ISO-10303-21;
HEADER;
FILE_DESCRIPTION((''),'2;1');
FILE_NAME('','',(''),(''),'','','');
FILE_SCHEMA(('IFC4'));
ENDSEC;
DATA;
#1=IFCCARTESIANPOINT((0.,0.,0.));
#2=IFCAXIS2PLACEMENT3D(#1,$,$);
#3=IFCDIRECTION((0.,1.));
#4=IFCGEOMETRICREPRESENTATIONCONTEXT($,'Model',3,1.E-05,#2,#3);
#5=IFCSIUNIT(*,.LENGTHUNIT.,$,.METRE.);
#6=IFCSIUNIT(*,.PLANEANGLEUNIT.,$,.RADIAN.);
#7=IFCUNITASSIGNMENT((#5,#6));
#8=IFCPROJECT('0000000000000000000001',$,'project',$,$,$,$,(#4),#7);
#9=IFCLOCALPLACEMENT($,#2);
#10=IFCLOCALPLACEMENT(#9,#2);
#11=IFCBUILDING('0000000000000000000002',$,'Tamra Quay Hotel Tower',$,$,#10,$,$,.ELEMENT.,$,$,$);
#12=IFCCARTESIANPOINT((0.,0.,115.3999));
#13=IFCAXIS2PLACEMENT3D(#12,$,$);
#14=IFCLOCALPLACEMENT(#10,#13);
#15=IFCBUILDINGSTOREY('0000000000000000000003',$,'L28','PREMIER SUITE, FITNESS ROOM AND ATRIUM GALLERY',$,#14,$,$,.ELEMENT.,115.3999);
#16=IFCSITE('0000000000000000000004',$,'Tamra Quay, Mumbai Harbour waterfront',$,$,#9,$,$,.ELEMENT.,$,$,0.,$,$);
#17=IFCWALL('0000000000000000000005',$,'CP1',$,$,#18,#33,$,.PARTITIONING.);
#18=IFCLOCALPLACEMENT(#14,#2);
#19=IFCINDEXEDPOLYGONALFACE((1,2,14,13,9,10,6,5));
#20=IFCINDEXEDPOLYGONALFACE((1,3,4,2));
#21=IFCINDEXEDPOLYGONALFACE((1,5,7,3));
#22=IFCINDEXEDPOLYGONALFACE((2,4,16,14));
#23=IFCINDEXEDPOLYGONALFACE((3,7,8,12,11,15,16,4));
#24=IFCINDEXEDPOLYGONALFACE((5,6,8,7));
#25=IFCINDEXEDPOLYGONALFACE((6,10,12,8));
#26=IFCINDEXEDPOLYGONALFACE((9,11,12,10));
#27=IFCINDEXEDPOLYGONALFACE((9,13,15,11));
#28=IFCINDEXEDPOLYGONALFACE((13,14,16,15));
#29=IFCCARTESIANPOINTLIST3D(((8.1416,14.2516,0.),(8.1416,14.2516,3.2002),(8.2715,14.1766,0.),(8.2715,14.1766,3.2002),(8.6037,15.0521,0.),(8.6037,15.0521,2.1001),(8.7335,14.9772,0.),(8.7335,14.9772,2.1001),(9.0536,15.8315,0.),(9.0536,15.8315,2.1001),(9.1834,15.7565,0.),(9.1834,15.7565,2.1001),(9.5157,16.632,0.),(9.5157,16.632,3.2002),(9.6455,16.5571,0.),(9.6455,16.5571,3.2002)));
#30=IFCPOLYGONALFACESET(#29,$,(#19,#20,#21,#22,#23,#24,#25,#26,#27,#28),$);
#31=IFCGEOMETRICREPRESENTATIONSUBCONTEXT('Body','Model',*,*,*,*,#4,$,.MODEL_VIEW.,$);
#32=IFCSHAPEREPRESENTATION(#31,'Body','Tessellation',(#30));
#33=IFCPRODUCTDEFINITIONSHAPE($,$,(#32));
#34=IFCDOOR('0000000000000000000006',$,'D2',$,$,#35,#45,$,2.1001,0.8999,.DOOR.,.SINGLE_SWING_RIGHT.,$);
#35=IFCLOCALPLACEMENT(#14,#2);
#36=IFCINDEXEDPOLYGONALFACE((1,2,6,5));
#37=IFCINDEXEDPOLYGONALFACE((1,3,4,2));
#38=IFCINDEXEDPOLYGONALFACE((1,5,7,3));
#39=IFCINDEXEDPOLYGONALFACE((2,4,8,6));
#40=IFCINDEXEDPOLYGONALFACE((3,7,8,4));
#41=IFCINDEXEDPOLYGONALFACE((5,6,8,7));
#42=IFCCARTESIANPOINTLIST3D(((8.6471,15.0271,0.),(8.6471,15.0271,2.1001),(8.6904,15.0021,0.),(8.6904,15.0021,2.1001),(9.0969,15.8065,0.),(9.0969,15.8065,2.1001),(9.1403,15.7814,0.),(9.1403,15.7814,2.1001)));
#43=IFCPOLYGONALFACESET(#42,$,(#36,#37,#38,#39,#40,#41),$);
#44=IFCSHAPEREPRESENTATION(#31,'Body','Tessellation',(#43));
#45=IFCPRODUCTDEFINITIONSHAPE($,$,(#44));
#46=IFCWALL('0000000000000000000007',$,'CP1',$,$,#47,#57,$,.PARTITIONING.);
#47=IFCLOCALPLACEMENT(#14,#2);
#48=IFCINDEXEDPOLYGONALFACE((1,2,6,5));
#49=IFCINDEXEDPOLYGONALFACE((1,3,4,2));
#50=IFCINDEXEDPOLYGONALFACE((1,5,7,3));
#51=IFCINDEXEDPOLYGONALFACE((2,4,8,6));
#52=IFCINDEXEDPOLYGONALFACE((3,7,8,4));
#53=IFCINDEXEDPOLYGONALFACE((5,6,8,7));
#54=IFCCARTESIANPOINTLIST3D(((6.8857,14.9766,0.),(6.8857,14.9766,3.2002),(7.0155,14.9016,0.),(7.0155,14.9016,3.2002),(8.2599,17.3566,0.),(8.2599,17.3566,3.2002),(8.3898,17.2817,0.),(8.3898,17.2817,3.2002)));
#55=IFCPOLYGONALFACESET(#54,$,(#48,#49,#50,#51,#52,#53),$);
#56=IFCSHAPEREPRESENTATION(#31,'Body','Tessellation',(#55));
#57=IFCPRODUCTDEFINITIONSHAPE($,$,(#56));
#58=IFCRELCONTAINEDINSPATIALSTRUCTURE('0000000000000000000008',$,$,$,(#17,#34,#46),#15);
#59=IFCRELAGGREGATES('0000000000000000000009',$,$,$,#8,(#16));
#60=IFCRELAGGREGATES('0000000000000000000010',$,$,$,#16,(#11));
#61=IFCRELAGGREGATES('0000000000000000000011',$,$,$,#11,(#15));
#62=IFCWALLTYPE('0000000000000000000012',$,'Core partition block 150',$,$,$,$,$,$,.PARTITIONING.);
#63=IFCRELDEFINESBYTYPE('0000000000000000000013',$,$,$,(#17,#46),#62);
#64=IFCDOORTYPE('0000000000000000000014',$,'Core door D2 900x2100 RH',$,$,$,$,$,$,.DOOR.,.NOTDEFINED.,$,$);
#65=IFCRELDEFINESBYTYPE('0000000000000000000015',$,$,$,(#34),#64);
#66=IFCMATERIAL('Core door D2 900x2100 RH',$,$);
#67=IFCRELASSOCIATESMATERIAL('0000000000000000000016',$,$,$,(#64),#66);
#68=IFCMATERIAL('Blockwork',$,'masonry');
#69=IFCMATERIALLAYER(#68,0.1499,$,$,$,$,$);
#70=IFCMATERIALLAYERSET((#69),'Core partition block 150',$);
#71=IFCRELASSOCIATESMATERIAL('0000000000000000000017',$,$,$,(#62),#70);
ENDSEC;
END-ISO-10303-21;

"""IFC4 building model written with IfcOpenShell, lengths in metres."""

from ifc_helpers import new_model, si_unit, direction, frame, frame_2d, origin, place, context, subcontext, project, spatial, rectangle, extrude, material, layer, layer_set, type_object, element, fill, save


model = new_model("IFC4")

# Units and contexts
model_context = context("Model", 3, precision=1e-05, world=origin(), true_north=direction((0.0, 1.0)))
body_context = subcontext(model_context, "Body", "Model", "MODEL_VIEW")
ifc_project = project(units=[si_unit("LENGTHUNIT", "METRE"), si_unit("PLANEANGLEUNIT", "RADIAN")], contexts=[model_context])

# Site, building, storey
site_placement = place(None, origin())
site = spatial("IfcSite", under=ifc_project, at=site_placement, Name="Tamra Quay, Mumbai Harbour waterfront", CompositionType="ELEMENT", RefElevation=0.0)
building_placement = place(site_placement, origin())
building = spatial("IfcBuilding", under=site, at=building_placement, Name="Tamra Quay Hotel Tower", CompositionType="ELEMENT")
storey_placement = place(building_placement, frame((0.0, 0.0, 115.3999)))
storey = spatial("IfcBuildingStorey", under=building, at=storey_placement, Name="L28", Description="PREMIER SUITE, FITNESS ROOM AND ATRIUM GALLERY", CompositionType="ELEMENT", Elevation=115.3999)

# Shared definitions
ifc_material_1 = material(Name="Core door D2 900x2100 RH")
door_type_1 = type_object("IfcDoorType", Name="Core door D2 900x2100 RH", OperationType="NOTDEFINED", PredefinedType="DOOR", material=ifc_material_1)

# Wall, opening, door
ifc_material_2 = material(Name="Blockwork", Category="masonry")
ifc_layer_1 = layer(ifc_material_2, 0.1499)
ifc_layer_set_1 = layer_set([ifc_layer_1], Name="Core partition block 150")
wall_type_1 = type_object("IfcWallType", Name="Core partition block 150", PredefinedType="PARTITIONING", material=ifc_layer_set_1)
wall_1_placement = place(storey_placement, frame((8.2065, 14.2141, 0.0), z_axis=(0.0, 0.0, 1.0), x_axis=(0.499922, 0.86607, 0.0)))
wall_1 = element("IfcWall", 1, at=wall_1_placement, inside=storey, type_object=wall_type_1, Name="CP1", PredefinedType="PARTITIONING", context=body_context, shape_type="SweptSolid", body=[
    extrude(rectangle(XDim=2.7485, YDim=0.1499, at=frame_2d((1.3743, 0.0))), origin(), (0.0, 0.0, 1.0), 3.2002),
])
opening_1_placement = place(wall_1_placement, frame((0.9243, 0.0, 0.0)))
opening_1 = element("IfcOpeningElement", 2, at=opening_1_placement, cuts=wall_1, PredefinedType="OPENING", context=body_context, shape_type="SweptSolid", body=[
    extrude(rectangle(XDim=0.8999, YDim=2.1001, at=frame_2d((0.45, 1.05))), frame((0.0, 0.085, 0.0), z_axis=(0.0, -1.0, 0.0), x_axis=(1.0, 0.0, 0.0)), (0.0, 0.0, 1.0), 0.1699),
])
door_1_placement = place(opening_1_placement, origin())
door_1 = element("IfcDoor", 3, at=door_1_placement, inside=storey, type_object=door_type_1, Name="D2", OperationType="SINGLE_SWING_RIGHT", OverallHeight=2.1001, OverallWidth=0.8999, PredefinedType="DOOR", context=body_context, shape_type="SweptSolid", body=[
    extrude(rectangle(XDim=0.8999, YDim=2.1001, at=frame_2d((0.45, 1.05))), frame((0.0, 0.0249, 0.0), z_axis=(0.0, -1.0, 0.0), x_axis=(1.0, 0.0, 0.0)), (0.0, 0.0, 1.0), 0.05),
])
fill(opening_1, door_1)

# Wall
wall_2_placement = place(storey_placement, frame((6.9507, 14.9392, 0.0), z_axis=(0.0, 0.0, 1.0), x_axis=(0.500027, 0.86601, 0.0)))
element("IfcWall", 4, at=wall_2_placement, inside=storey, type_object=wall_type_1, Name="CP1", PredefinedType="PARTITIONING", context=body_context, shape_type="SweptSolid", body=[
    extrude(rectangle(XDim=2.7483, YDim=0.1499, at=frame_2d((1.374, 0.0))), origin(), (0.0, 0.0, 1.0), 3.2002),
])

save(model, "model.ifc")
